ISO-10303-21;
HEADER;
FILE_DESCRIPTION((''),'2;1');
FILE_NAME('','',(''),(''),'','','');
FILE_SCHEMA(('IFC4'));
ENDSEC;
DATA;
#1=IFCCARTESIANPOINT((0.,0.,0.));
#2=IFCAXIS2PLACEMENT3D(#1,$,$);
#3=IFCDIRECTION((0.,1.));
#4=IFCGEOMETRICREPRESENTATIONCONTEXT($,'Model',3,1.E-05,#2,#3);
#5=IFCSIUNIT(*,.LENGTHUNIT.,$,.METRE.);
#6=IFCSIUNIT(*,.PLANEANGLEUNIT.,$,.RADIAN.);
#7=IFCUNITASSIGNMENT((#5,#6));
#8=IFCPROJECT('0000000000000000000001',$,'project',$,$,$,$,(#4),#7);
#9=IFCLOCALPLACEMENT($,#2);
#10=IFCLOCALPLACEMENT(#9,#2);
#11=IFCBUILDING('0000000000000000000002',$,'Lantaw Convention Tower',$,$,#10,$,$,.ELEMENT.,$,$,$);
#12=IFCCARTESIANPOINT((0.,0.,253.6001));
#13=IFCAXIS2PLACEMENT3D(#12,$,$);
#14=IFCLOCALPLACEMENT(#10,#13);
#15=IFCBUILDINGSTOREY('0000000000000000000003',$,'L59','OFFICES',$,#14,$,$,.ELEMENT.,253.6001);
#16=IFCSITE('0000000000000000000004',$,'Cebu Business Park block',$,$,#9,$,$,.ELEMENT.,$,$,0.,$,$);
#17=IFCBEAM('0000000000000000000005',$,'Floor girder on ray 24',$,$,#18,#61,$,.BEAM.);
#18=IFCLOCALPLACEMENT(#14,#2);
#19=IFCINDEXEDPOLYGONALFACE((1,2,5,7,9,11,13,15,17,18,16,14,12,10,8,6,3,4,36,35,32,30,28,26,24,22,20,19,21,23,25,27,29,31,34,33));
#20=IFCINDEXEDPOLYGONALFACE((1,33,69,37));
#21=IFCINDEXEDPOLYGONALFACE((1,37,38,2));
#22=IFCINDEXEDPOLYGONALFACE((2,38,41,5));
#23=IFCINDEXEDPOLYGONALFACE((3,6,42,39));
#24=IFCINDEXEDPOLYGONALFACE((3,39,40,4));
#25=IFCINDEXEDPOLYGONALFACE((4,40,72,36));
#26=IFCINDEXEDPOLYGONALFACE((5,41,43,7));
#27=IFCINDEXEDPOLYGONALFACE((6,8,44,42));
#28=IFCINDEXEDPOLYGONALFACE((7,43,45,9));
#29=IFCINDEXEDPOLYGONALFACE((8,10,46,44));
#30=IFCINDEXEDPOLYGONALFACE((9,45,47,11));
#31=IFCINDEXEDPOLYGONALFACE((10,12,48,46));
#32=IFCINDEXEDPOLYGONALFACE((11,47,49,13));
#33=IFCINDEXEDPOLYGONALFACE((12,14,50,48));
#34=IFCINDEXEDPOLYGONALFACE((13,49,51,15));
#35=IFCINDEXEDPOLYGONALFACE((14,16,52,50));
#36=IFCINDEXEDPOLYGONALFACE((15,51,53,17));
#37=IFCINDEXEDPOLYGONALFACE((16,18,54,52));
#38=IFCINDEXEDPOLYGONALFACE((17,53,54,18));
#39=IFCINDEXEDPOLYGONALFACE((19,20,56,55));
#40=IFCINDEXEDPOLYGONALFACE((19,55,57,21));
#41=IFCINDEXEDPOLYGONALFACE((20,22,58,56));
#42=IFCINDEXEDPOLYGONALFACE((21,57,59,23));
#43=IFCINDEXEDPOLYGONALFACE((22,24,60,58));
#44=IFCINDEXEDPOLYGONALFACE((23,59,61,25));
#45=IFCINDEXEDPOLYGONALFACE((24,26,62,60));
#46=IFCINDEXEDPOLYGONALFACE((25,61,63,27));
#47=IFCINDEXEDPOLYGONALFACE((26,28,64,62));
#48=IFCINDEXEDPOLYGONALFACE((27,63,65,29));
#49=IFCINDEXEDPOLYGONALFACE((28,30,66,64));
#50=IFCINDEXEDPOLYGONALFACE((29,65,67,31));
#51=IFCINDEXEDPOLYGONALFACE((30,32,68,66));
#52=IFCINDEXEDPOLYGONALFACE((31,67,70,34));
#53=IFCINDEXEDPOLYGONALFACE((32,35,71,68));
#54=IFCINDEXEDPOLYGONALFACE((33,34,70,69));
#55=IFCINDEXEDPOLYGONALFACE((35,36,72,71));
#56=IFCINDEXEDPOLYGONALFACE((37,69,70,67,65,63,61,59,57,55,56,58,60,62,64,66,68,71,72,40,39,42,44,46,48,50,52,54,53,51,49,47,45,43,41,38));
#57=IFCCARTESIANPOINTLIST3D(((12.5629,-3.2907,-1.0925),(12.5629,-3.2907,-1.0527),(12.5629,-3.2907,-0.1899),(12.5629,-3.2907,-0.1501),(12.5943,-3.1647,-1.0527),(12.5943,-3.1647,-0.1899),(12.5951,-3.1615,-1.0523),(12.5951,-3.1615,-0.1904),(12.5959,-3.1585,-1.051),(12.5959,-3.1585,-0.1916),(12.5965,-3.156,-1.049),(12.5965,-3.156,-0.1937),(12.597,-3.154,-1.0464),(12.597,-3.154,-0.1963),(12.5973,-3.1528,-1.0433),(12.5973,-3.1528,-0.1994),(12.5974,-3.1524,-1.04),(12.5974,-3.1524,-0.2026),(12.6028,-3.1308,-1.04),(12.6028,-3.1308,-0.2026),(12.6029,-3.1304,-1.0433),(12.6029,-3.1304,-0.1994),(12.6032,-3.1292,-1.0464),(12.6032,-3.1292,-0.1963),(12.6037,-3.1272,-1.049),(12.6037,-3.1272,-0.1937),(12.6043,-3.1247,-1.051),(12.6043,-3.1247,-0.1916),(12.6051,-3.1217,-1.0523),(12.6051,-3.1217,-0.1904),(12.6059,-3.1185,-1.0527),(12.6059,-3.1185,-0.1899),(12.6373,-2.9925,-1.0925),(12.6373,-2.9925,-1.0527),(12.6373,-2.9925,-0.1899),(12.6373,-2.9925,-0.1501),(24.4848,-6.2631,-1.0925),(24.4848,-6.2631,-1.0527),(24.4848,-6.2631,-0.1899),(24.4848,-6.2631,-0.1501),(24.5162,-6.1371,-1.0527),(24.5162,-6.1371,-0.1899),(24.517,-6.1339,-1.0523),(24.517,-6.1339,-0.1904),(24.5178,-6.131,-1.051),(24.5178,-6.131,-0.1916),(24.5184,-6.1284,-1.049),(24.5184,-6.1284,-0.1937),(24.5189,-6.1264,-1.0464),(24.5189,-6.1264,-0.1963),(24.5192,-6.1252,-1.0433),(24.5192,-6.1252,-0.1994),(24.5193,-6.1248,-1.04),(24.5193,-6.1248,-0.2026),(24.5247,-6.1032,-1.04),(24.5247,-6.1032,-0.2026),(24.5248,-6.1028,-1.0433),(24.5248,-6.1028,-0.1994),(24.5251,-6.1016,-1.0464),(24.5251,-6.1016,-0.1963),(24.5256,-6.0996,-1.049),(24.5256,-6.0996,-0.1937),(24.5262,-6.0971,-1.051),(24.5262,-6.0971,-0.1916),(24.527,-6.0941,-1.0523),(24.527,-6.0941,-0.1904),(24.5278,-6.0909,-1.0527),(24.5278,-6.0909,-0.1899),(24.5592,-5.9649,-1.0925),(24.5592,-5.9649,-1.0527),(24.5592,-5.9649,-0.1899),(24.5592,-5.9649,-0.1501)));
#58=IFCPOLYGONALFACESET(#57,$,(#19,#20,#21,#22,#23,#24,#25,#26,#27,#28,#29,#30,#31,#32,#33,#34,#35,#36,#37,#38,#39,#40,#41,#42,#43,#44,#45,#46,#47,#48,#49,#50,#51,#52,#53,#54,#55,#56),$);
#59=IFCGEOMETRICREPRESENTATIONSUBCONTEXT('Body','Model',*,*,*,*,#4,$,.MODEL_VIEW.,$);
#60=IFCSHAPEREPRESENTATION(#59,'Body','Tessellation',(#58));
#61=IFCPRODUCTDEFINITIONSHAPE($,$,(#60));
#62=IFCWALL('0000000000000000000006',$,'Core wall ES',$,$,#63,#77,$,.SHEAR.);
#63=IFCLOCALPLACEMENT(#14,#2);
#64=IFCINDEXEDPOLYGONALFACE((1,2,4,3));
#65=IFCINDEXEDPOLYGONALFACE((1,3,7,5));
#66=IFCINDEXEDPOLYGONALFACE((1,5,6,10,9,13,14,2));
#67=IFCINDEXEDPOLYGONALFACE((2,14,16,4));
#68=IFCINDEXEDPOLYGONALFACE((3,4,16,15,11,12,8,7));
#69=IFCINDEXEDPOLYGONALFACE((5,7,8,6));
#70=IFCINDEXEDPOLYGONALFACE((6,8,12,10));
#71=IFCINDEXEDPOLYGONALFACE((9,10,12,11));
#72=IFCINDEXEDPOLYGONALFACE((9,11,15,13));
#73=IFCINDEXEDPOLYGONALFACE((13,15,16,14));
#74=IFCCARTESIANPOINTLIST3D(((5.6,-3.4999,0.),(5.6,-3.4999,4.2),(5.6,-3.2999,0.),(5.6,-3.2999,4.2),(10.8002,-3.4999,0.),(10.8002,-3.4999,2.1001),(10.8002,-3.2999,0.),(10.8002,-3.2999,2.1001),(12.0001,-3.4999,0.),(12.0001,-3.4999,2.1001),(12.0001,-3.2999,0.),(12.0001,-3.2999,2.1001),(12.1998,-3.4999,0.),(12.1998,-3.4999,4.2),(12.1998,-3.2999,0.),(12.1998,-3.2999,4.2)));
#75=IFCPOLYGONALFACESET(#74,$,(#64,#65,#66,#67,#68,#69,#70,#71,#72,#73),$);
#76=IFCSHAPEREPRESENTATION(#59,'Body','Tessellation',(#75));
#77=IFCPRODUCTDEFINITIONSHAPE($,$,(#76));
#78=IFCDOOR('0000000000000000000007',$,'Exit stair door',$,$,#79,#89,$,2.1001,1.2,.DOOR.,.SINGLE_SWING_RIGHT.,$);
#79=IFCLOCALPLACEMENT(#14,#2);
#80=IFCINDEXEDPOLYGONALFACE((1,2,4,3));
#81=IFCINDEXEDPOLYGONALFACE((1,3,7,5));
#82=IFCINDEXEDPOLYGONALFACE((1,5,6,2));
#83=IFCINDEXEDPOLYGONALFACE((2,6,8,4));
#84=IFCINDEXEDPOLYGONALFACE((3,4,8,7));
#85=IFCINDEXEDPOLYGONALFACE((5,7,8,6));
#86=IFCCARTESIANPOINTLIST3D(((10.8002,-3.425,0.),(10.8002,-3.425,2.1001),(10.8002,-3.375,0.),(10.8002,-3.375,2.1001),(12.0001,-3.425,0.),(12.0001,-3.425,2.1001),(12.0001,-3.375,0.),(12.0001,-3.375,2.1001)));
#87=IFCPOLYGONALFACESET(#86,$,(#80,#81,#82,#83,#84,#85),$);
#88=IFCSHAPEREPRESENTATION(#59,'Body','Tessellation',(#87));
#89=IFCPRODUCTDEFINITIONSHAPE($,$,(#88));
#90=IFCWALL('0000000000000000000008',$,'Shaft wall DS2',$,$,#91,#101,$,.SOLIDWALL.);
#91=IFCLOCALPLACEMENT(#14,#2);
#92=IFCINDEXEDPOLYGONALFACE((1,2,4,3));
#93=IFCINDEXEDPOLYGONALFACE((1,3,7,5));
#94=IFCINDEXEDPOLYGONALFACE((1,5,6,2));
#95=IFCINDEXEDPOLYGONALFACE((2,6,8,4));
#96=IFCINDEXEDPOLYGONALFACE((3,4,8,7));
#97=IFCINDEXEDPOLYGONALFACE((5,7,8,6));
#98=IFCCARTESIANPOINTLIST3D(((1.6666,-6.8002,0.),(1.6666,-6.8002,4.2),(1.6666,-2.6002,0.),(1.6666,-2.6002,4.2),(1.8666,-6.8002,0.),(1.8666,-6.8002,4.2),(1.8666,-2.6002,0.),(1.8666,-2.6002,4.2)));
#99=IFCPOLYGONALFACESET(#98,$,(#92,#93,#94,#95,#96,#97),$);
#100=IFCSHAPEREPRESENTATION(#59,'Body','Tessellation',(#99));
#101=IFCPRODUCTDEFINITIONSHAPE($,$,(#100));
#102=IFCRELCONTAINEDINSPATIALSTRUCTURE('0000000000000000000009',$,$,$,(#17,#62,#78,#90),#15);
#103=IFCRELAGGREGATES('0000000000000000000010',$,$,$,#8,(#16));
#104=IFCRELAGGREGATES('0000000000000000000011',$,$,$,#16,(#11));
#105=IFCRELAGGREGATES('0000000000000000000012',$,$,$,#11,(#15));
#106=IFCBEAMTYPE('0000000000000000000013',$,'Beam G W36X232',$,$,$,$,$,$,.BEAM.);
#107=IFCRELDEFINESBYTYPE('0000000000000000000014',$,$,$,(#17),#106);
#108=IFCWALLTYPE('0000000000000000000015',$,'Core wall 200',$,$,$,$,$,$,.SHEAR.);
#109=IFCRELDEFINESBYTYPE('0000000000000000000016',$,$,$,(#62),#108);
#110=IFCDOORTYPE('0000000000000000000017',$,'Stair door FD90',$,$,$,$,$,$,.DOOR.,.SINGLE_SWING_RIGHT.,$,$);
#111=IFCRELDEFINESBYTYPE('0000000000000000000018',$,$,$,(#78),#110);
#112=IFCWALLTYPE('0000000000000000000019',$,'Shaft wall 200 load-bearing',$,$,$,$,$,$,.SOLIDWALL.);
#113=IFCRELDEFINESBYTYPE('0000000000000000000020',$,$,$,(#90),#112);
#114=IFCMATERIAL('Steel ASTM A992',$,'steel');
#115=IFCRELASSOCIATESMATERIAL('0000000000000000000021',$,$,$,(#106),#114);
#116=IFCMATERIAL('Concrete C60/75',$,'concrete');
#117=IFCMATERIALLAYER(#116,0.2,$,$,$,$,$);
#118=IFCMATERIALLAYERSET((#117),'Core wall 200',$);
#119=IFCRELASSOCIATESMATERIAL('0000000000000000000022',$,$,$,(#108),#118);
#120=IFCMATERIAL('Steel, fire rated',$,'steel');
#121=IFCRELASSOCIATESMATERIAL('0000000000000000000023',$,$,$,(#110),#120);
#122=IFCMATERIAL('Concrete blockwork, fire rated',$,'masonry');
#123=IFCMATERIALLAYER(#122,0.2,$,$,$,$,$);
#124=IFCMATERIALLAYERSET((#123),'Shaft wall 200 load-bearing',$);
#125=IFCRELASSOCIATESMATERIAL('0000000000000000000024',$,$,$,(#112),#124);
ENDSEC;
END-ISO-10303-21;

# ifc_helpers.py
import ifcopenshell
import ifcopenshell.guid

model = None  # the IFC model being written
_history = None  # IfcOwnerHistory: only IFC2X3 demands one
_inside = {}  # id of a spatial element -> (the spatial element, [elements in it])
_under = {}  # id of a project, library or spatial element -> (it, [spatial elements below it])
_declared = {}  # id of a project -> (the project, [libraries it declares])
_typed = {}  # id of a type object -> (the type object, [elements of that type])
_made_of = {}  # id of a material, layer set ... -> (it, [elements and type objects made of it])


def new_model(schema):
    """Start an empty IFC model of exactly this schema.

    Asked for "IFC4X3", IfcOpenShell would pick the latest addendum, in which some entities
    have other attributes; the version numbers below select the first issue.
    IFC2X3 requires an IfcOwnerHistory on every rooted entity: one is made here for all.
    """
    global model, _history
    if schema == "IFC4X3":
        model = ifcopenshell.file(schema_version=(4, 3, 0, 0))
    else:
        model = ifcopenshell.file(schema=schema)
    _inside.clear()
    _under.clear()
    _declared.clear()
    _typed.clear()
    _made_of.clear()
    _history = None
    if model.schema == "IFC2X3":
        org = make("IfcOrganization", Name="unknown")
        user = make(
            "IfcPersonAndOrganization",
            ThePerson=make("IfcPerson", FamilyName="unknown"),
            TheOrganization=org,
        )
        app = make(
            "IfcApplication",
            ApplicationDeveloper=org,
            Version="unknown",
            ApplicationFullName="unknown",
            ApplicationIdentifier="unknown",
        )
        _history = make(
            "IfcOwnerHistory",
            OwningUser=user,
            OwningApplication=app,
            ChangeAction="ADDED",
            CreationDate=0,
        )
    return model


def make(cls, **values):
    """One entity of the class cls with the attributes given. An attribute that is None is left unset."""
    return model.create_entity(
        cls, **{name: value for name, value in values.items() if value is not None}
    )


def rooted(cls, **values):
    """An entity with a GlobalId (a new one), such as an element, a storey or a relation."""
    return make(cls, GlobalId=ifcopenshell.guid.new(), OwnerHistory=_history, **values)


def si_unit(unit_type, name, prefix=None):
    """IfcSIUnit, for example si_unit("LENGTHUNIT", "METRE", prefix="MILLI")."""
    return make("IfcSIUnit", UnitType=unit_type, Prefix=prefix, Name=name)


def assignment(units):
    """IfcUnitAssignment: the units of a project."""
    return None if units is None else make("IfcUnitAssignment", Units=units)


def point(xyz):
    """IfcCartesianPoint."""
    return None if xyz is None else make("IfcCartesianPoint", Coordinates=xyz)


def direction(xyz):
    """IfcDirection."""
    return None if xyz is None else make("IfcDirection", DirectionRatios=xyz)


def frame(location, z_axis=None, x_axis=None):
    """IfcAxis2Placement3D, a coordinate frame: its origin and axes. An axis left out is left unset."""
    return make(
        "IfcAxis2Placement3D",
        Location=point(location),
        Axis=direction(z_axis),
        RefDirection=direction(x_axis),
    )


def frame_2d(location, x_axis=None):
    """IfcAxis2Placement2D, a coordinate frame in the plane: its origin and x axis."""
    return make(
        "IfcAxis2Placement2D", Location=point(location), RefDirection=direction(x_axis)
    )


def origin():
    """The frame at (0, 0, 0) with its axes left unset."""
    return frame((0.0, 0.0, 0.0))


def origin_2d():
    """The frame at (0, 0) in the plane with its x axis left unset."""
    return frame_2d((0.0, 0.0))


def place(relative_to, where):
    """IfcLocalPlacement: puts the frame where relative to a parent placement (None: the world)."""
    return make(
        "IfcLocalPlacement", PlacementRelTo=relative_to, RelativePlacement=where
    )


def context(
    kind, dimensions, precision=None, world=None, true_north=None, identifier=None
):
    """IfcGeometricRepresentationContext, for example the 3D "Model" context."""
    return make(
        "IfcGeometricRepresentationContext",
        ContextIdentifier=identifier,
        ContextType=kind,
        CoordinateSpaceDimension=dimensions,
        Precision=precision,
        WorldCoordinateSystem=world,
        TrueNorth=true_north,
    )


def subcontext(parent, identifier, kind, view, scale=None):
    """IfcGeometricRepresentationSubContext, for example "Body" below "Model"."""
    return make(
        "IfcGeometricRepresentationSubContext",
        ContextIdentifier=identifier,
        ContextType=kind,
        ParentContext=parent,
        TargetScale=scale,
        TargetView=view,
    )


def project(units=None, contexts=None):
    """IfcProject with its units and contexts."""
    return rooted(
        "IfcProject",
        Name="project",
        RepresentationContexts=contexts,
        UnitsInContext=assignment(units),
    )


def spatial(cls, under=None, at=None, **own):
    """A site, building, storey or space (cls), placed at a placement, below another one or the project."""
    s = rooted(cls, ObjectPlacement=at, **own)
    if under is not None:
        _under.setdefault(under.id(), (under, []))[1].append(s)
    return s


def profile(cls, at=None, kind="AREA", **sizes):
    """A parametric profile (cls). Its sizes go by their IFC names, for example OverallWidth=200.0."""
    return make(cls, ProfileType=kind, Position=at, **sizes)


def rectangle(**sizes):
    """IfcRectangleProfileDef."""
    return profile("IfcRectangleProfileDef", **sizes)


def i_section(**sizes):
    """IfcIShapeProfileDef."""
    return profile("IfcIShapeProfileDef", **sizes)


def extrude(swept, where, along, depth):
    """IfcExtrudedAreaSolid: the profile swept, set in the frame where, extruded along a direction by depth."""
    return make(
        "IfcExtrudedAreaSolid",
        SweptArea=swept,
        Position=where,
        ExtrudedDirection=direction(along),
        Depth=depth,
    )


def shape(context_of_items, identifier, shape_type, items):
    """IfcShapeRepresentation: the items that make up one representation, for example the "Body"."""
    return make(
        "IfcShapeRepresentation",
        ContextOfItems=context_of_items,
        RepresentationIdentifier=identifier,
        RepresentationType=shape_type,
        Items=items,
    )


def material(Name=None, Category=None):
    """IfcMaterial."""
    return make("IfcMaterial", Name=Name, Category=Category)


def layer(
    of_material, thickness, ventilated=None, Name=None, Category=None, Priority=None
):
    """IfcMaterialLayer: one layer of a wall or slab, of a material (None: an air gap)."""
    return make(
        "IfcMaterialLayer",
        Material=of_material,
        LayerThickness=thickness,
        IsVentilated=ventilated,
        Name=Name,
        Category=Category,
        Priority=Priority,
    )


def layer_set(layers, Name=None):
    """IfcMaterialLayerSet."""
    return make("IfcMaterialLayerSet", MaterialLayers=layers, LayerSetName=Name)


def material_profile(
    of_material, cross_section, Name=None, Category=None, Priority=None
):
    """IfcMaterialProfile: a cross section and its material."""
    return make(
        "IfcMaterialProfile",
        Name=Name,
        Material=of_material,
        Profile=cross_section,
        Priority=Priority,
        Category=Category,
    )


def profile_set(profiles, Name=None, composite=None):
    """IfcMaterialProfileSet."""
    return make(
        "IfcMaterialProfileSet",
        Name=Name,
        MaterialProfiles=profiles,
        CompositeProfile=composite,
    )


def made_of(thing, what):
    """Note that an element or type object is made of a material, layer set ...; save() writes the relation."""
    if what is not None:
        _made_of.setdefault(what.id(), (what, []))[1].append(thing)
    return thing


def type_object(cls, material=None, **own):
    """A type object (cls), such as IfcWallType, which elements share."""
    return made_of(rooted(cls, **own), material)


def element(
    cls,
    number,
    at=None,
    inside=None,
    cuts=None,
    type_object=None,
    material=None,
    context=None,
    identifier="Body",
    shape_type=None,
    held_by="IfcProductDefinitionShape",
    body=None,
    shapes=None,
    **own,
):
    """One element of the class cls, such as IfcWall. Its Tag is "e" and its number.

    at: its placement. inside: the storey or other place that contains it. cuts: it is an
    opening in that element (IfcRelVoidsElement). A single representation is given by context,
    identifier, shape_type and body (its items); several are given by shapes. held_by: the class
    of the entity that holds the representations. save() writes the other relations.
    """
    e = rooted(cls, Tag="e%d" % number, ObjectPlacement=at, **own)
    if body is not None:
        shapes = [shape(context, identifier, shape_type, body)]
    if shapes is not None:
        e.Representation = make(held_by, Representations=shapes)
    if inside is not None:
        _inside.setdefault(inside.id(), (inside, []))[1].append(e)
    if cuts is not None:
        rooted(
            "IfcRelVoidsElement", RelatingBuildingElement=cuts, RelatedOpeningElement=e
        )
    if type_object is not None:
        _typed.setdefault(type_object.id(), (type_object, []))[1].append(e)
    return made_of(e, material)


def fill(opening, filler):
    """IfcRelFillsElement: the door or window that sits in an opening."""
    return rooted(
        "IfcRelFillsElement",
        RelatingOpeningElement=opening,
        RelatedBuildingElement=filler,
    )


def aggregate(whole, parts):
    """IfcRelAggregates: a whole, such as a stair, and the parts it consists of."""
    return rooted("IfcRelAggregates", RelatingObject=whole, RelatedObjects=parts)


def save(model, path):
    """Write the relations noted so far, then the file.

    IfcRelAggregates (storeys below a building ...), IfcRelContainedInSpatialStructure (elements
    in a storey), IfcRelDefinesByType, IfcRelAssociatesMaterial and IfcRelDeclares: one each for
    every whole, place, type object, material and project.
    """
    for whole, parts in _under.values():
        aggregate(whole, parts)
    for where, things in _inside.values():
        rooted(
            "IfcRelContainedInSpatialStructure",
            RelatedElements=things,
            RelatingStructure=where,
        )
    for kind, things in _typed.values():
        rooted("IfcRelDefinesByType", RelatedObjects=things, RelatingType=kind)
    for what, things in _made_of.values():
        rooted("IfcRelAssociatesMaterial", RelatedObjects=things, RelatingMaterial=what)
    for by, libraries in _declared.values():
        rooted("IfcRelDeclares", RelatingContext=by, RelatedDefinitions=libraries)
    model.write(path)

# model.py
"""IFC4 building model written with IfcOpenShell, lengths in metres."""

from ifc_helpers import new_model, si_unit, direction, frame, frame_2d, origin, origin_2d, place, context, subcontext, project, spatial, rectangle, i_section, extrude, material, layer, layer_set, material_profile, profile_set, type_object, element, fill, save


model = new_model("IFC4")

# Units and contexts
model_context = context("Model", 3, precision=1e-05, world=origin(), true_north=direction((0.0, 1.0)))
body_context = subcontext(model_context, "Body", "Model", "MODEL_VIEW")
ifc_project = project(units=[si_unit("LENGTHUNIT", "METRE"), si_unit("PLANEANGLEUNIT", "RADIAN")], contexts=[model_context])

# Site, building, storey
site_placement = place(None, origin())
site = spatial("IfcSite", under=ifc_project, at=site_placement, Name="Cebu Business Park block", CompositionType="ELEMENT", RefElevation=0.0)
building_placement = place(site_placement, origin())
building = spatial("IfcBuilding", under=site, at=building_placement, Name="Lantaw Convention Tower", CompositionType="ELEMENT")
storey_placement = place(building_placement, frame((0.0, 0.0, 253.6001)))
storey = spatial("IfcBuildingStorey", under=building, at=storey_placement, Name="L59", Description="OFFICES", CompositionType="ELEMENT", Elevation=253.6001)

# Beam
ifc_material_1 = material(Name="Steel ASTM A992", Category="steel")
ifc_material_profile = material_profile(ifc_material_1, i_section(OverallWidth=0.3074, OverallDepth=0.9424, WebThickness=0.0222, FlangeThickness=0.0398, FilletRadius=0.0127, at=origin_2d()), Name="W36X232")
ifc_profile_set = profile_set([ifc_material_profile], Name="Steel ASTM A992")
beam_type = type_object("IfcBeamType", Name="Beam G W36X232", PredefinedType="BEAM", material=ifc_profile_set)
beam_placement = place(storey_placement, frame((12.6001, -3.1416, -0.6213), z_axis=(0.970297, -0.241918, 0.0), x_axis=(0.241918, 0.970297, 0.0)))
element("IfcBeam", 1, at=beam_placement, inside=storey, type_object=beam_type, Name="Floor girder on ray 24", PredefinedType="BEAM", context=body_context, shape_type="SweptSolid", body=[
    extrude(i_section(OverallWidth=0.3074, OverallDepth=0.9424, WebThickness=0.0222, FlangeThickness=0.0398, FilletRadius=0.0127, at=origin_2d()), origin(), (0.0, 0.0, 1.0), 12.2869),
])

# Wall, opening, door
ifc_material_2 = material(Name="Concrete C60/75", Category="concrete")
ifc_layer_1 = layer(ifc_material_2, 0.2)
ifc_layer_set_1 = layer_set([ifc_layer_1], Name="Core wall 200")
wall_type_1 = type_object("IfcWallType", Name="Core wall 200", PredefinedType="SHEAR", material=ifc_layer_set_1)
wall_1_placement = place(storey_placement, frame((5.6001, -3.3999, 0.0), z_axis=(0.0, 0.0, 1.0), x_axis=(1.0, 0.0, 0.0)))
wall_1 = element("IfcWall", 2, at=wall_1_placement, inside=storey, type_object=wall_type_1, Name="Core wall ES", PredefinedType="SHEAR", context=body_context, shape_type="SweptSolid", body=[
    extrude(rectangle(XDim=6.5999, YDim=0.2, at=frame_2d((3.2998, 0.0))), origin(), (0.0, 0.0, 1.0), 4.2),
])
opening_placement = place(wall_1_placement, frame((5.2, 0.0, 0.0)))
opening = element("IfcOpeningElement", 3, at=opening_placement, cuts=wall_1, PredefinedType="OPENING", context=body_context, shape_type="SweptSolid", body=[
    extrude(rectangle(XDim=1.2, YDim=2.1001, at=frame_2d((0.6001, 1.05))), frame((0.0, 0.1099, 0.0), z_axis=(0.0, -1.0, 0.0), x_axis=(1.0, 0.0, 0.0)), (0.0, 0.0, 1.0), 0.22),
])
ifc_material_3 = material(Name="Steel, fire rated", Category="steel")
door_type = type_object("IfcDoorType", Name="Stair door FD90", OperationType="SINGLE_SWING_RIGHT", PredefinedType="DOOR", material=ifc_material_3)
door_placement = place(opening_placement, origin())
door = element("IfcDoor", 4, at=door_placement, inside=storey, type_object=door_type, Name="Exit stair door", OperationType="SINGLE_SWING_RIGHT", OverallHeight=2.1001, OverallWidth=1.2, PredefinedType="DOOR", context=body_context, shape_type="SweptSolid", body=[
    extrude(rectangle(XDim=1.2, YDim=2.1001, at=frame_2d((0.6001, 1.05))), frame((0.0, 0.0249, 0.0), z_axis=(0.0, -1.0, 0.0), x_axis=(1.0, 0.0, 0.0)), (0.0, 0.0, 1.0), 0.05),
])
fill(opening, door)

# Wall
ifc_material_4 = material(Name="Concrete blockwork, fire rated", Category="masonry")
ifc_layer_2 = layer(ifc_material_4, 0.2)
ifc_layer_set_2 = layer_set([ifc_layer_2], Name="Shaft wall 200 load-bearing")
wall_type_2 = type_object("IfcWallType", Name="Shaft wall 200 load-bearing", PredefinedType="SOLIDWALL", material=ifc_layer_set_2)
wall_2_placement = place(storey_placement, frame((1.7666, -2.6001, 0.0), z_axis=(0.0, 0.0, 1.0), x_axis=(0.0, -1.0, 0.0)))
element("IfcWall", 5, at=wall_2_placement, inside=storey, type_object=wall_type_2, Name="Shaft wall DS2", PredefinedType="SOLIDWALL", context=body_context, shape_type="SweptSolid", body=[
    extrude(rectangle(XDim=4.2, YDim=0.2, at=frame_2d((2.1001, 0.0))), origin(), (0.0, 0.0, 1.0), 4.2),
])

save(model, "model.ifc")
